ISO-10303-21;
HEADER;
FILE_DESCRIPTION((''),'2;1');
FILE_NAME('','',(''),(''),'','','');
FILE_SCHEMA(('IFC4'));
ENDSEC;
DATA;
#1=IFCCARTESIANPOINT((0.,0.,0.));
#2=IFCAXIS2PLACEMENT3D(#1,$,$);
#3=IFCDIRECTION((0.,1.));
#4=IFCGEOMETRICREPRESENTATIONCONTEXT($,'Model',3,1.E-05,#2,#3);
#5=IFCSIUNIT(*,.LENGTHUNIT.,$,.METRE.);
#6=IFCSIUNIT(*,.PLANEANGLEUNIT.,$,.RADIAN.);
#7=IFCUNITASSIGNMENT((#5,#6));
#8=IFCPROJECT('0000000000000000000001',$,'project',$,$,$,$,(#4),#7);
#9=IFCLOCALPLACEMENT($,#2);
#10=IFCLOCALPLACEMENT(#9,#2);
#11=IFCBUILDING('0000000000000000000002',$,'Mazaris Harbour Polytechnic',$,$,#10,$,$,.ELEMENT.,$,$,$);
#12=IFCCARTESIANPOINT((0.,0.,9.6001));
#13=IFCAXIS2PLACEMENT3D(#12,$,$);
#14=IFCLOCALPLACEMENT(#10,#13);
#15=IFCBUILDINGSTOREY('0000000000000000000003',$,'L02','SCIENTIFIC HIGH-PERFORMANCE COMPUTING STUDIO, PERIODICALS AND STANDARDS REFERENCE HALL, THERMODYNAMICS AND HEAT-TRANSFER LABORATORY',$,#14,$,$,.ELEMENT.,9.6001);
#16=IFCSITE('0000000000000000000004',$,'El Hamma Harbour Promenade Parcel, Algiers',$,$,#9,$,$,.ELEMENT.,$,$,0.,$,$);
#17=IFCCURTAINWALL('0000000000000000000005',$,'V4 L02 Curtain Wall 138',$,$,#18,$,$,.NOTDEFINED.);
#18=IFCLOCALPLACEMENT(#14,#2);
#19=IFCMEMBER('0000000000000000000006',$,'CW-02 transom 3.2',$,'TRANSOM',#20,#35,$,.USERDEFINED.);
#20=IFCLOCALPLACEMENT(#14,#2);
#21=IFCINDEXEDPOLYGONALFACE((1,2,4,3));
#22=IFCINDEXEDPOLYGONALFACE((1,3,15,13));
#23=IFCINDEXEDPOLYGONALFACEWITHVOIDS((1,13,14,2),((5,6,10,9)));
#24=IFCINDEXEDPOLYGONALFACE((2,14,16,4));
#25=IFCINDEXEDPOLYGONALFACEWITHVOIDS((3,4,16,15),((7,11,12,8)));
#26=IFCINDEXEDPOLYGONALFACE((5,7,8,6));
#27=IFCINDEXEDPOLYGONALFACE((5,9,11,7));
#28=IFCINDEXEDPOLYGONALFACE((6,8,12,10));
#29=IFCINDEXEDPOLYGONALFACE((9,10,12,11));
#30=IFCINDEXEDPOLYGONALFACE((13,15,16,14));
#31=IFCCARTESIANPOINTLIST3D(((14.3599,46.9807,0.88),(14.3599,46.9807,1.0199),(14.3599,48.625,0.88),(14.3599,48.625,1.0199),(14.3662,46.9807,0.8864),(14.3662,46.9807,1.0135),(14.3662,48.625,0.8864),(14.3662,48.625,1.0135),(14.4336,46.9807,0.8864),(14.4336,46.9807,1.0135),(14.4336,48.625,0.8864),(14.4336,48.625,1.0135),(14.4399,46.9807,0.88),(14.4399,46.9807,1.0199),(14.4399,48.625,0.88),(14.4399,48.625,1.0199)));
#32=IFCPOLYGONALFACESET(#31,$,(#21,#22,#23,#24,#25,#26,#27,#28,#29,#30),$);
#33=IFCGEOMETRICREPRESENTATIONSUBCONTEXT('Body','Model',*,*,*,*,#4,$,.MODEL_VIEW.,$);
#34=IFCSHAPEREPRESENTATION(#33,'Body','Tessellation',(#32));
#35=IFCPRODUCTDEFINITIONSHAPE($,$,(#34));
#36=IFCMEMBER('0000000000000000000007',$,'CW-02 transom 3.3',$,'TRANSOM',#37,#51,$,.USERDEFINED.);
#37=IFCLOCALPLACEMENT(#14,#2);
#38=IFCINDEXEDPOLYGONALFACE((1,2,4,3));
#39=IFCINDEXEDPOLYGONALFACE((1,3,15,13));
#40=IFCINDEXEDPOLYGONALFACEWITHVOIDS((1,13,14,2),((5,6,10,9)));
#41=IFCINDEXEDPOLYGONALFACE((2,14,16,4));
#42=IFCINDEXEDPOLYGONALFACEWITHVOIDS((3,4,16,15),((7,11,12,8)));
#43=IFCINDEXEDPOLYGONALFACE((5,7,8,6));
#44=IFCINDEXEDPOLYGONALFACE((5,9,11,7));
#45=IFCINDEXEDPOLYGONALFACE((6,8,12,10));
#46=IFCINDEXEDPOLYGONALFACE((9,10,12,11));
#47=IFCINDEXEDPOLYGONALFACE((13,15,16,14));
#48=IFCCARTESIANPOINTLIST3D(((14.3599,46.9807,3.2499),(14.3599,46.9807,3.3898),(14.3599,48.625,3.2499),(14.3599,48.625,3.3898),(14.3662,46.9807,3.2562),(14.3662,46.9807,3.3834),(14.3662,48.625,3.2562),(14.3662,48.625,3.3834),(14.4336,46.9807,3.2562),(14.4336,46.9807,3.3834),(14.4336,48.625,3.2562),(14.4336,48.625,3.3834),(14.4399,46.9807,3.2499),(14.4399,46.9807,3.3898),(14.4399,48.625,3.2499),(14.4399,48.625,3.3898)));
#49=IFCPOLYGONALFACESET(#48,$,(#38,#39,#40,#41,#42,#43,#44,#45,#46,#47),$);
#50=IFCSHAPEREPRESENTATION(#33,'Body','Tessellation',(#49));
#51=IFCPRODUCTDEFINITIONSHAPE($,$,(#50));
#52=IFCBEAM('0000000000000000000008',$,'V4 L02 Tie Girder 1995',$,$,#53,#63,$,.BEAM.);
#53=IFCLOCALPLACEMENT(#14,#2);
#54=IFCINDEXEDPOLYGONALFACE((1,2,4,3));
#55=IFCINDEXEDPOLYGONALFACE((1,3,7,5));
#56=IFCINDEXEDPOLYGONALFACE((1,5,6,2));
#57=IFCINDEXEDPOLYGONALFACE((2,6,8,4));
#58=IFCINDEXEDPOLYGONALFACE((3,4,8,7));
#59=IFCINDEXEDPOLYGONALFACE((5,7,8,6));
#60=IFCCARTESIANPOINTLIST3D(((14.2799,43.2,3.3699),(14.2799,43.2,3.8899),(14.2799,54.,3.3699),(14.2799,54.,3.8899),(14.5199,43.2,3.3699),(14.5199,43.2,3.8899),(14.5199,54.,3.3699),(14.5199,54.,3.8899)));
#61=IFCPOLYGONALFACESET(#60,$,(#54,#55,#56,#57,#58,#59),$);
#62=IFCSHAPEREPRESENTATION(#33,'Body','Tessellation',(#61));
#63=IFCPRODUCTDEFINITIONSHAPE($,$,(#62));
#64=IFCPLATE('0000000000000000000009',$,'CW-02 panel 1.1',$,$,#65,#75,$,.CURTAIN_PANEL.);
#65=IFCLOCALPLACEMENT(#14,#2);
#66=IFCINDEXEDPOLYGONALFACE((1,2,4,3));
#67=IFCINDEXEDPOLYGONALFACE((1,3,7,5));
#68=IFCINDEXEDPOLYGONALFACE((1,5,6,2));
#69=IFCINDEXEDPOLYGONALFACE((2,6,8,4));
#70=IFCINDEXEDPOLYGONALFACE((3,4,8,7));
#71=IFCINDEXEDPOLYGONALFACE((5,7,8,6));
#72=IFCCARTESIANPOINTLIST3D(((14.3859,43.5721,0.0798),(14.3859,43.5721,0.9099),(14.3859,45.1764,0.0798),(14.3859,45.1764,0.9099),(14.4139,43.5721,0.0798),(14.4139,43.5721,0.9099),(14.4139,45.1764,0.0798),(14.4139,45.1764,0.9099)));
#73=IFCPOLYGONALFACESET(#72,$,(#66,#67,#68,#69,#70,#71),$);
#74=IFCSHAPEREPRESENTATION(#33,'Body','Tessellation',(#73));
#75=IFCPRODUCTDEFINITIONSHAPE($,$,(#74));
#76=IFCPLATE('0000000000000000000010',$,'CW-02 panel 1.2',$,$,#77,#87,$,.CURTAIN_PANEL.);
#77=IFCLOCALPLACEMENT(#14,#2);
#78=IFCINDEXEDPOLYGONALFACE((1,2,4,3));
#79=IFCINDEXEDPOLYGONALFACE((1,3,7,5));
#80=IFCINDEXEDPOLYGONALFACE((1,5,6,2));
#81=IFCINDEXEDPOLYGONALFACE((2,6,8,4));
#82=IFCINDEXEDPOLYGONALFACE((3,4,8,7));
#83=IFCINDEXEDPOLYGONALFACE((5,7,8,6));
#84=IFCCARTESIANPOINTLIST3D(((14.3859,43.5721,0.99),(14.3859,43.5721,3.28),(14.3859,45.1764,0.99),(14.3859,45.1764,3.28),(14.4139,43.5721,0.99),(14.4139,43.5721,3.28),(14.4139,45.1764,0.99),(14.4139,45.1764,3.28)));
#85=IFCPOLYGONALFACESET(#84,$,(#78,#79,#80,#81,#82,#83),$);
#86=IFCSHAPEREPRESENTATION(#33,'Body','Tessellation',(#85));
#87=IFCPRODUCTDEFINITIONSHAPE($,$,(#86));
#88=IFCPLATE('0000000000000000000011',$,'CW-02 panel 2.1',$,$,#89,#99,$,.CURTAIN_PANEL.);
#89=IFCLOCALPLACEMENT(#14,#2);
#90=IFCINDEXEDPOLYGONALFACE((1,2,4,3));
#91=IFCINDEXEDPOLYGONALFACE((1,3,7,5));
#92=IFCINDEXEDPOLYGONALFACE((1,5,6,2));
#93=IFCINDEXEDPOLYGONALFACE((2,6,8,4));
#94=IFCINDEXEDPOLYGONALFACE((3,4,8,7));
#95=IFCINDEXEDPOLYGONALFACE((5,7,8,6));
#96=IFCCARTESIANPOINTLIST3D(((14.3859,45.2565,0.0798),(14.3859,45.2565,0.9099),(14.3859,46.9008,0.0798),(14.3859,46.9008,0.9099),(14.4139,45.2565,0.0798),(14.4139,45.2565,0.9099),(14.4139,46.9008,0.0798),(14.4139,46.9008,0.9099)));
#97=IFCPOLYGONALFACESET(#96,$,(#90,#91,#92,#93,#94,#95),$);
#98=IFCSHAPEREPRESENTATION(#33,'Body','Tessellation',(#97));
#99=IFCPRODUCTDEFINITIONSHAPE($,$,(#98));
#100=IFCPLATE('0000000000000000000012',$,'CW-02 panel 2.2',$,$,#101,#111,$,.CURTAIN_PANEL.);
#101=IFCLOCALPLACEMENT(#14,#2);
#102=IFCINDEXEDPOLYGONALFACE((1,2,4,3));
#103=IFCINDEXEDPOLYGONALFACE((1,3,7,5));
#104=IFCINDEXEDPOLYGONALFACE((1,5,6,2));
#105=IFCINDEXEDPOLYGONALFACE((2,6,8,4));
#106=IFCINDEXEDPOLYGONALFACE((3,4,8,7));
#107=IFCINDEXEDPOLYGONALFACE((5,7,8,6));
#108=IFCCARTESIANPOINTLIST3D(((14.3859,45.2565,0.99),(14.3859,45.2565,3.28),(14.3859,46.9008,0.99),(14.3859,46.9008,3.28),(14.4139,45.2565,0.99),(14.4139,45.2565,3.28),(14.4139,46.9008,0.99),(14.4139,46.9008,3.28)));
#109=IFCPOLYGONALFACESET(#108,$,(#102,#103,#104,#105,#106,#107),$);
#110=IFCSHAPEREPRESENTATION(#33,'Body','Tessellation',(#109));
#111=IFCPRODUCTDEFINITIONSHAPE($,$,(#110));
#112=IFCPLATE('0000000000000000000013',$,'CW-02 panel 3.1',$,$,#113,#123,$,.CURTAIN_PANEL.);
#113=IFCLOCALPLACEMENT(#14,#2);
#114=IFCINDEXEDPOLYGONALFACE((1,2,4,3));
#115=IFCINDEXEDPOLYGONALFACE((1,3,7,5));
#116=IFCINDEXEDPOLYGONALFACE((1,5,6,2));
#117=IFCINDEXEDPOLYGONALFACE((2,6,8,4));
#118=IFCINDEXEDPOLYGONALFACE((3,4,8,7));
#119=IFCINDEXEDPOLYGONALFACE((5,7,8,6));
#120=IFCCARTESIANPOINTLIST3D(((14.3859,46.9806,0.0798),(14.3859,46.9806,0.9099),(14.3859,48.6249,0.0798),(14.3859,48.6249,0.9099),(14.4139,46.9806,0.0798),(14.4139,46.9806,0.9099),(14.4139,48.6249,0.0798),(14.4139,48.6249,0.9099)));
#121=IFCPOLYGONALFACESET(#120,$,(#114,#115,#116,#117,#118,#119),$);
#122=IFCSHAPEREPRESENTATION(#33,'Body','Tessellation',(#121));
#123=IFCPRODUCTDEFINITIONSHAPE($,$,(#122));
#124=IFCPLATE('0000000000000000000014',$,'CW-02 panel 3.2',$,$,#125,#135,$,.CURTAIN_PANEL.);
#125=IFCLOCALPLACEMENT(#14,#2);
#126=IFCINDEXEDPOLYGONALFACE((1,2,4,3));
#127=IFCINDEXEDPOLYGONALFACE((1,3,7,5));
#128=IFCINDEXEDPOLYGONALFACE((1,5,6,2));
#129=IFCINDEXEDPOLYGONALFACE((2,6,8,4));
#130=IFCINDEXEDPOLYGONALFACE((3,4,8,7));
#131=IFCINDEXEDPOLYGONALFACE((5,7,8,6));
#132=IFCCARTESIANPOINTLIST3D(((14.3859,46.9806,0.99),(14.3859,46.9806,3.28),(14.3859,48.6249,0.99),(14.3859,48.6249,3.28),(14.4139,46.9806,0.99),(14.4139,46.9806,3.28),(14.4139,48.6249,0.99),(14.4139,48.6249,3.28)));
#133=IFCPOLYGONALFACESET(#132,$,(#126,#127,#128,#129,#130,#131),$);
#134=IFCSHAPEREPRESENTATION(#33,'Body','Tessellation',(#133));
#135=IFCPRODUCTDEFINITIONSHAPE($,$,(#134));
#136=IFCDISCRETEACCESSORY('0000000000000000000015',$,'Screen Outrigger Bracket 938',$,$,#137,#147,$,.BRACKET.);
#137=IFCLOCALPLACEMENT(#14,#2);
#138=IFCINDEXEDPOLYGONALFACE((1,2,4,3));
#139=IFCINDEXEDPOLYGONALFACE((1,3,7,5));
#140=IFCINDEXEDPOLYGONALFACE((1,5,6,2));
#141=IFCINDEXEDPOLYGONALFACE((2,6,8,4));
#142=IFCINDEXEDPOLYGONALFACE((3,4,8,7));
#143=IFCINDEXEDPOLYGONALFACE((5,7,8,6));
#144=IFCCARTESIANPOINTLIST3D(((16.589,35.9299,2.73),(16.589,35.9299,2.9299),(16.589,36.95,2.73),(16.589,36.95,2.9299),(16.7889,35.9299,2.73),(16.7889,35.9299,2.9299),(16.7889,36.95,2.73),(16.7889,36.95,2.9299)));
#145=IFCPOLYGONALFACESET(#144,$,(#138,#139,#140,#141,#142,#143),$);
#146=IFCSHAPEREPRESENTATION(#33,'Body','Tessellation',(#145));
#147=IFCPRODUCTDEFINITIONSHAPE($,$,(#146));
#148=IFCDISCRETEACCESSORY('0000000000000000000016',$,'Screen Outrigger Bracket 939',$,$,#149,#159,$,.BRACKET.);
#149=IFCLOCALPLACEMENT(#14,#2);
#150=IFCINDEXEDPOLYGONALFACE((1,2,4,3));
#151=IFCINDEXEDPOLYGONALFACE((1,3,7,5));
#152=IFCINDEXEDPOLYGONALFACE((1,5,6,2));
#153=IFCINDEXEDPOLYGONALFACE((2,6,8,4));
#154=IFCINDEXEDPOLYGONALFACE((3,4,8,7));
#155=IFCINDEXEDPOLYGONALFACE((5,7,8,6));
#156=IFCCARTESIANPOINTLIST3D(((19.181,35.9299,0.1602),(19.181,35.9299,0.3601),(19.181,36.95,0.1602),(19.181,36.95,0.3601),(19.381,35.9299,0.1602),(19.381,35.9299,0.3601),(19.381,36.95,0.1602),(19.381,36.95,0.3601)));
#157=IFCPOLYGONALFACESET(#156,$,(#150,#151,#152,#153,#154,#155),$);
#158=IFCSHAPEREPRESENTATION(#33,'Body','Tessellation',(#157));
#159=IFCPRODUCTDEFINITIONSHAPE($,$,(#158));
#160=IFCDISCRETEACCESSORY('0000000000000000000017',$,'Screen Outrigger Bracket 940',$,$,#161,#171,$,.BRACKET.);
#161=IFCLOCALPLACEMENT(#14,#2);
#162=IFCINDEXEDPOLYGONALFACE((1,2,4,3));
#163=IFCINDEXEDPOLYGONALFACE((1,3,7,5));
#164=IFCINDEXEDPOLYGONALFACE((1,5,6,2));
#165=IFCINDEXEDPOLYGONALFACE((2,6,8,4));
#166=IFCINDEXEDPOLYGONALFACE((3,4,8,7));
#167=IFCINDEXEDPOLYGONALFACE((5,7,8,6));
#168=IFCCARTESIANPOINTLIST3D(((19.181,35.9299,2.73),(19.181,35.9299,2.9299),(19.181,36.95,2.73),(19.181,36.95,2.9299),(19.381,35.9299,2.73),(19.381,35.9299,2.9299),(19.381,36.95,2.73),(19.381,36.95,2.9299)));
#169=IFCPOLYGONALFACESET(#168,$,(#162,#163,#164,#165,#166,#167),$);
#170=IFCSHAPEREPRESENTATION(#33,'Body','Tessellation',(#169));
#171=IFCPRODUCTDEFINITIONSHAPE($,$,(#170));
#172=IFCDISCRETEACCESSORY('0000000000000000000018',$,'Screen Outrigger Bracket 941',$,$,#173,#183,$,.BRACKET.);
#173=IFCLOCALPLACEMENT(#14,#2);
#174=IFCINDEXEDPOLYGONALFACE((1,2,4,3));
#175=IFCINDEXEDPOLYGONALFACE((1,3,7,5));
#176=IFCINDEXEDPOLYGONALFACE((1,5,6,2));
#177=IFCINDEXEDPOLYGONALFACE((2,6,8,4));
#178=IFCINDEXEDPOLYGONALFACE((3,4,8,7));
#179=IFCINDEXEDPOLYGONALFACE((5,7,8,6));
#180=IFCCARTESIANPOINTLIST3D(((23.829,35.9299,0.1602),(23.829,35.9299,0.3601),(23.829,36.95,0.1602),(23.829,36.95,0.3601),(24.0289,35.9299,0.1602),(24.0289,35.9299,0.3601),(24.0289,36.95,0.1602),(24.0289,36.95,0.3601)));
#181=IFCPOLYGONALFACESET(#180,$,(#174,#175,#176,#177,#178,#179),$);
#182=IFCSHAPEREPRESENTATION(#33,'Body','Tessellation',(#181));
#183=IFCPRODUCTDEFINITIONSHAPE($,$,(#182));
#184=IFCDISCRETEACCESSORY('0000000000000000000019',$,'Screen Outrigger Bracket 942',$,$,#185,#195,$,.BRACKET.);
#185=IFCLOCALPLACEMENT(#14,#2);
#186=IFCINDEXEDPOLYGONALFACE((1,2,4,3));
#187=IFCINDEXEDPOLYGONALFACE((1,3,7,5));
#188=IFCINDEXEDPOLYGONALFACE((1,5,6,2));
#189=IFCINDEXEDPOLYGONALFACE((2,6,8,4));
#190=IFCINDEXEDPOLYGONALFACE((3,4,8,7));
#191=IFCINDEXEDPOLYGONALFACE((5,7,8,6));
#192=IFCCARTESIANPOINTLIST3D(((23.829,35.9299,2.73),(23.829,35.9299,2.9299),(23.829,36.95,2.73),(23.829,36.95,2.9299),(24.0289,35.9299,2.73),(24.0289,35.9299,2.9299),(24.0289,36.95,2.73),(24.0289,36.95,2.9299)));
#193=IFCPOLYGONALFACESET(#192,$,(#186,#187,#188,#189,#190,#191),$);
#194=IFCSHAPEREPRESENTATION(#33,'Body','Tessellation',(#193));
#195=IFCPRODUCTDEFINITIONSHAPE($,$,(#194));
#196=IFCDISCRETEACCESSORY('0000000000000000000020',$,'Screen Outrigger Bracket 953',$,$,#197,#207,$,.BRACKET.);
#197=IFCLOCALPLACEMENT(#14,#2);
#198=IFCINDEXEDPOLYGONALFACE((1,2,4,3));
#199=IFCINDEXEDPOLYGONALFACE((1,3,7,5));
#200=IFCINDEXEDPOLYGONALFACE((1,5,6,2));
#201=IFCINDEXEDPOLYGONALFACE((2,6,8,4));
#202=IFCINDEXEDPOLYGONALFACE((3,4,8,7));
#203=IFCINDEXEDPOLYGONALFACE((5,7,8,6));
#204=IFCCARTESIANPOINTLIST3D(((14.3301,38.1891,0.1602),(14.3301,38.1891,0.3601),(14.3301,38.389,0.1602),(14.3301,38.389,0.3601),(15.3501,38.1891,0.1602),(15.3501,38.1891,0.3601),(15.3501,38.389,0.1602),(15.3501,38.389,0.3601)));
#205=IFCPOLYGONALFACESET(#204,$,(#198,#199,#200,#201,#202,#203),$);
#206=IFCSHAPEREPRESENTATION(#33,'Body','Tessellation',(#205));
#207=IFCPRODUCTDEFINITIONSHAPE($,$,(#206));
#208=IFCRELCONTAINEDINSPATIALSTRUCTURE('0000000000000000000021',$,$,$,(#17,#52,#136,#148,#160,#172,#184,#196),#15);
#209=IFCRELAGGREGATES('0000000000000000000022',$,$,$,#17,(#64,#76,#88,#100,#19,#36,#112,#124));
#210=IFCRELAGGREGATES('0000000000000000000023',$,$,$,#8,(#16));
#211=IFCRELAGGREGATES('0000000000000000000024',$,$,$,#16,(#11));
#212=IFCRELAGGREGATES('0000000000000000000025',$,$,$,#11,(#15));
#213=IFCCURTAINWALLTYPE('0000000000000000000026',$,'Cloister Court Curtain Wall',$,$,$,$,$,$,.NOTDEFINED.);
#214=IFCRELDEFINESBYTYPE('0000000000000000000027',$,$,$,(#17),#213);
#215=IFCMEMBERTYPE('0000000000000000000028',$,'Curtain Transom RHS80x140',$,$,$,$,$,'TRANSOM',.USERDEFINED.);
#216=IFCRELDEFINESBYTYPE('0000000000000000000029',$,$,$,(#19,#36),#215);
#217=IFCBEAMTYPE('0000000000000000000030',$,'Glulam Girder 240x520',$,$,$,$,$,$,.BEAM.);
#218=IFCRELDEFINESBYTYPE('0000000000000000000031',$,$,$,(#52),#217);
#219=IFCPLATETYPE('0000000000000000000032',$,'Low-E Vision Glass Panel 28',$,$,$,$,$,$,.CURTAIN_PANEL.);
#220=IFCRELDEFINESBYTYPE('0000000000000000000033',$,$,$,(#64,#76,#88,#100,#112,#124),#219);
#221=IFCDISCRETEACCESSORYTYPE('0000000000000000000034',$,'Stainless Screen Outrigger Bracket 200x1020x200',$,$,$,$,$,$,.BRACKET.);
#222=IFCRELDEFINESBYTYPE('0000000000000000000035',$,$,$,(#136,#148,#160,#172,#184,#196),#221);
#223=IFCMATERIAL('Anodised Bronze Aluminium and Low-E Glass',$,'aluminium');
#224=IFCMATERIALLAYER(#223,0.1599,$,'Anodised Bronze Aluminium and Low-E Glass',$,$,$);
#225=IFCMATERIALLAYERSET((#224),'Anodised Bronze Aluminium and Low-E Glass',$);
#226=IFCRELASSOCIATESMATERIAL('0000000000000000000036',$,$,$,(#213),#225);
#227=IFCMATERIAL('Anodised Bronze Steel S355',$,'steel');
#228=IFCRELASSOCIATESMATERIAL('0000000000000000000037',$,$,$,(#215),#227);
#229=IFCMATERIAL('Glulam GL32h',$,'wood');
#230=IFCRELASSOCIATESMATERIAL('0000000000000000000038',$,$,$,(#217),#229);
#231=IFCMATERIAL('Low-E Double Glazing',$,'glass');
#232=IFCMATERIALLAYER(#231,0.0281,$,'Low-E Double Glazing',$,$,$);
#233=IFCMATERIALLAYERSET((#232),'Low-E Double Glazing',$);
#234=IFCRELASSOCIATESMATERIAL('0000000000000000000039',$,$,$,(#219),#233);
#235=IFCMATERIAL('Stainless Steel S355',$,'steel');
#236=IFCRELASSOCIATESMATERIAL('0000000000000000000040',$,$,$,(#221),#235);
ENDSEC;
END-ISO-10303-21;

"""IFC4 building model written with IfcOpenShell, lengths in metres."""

from ifc_helpers import new_model, si_unit, direction, frame, origin, origin_2d, place, context, subcontext, project, spatial, rectangle, hollow_rectangle, extrude, material, layer, layer_set, material_profile, profile_set, type_object, element, aggregate, save


model = new_model("IFC4")

# Units and contexts
model_context = context("Model", 3, precision=1e-05, world=origin(), true_north=direction((0.0, 1.0)))
body_context = subcontext(model_context, "Body", "Model", "MODEL_VIEW")
ifc_project = project(units=[si_unit("LENGTHUNIT", "METRE"), si_unit("PLANEANGLEUNIT", "RADIAN")], contexts=[model_context])

# Site, building, storey
site_placement = place(None, origin())
site = spatial("IfcSite", under=ifc_project, at=site_placement, Name="El Hamma Harbour Promenade Parcel, Algiers", CompositionType="ELEMENT", RefElevation=0.0)
building_placement = place(site_placement, origin())
building = spatial("IfcBuilding", under=site, at=building_placement, Name="Mazaris Harbour Polytechnic", CompositionType="ELEMENT")
storey_placement = place(building_placement, frame((0.0, 0.0, 9.6001)))
storey = spatial("IfcBuildingStorey", under=building, at=storey_placement, Name="L02", Description="SCIENTIFIC HIGH-PERFORMANCE COMPUTING STUDIO, PERIODICALS AND STANDARDS REFERENCE HALL, THERMODYNAMICS AND HEAT-TRANSFER LABORATORY", CompositionType="ELEMENT", Elevation=9.6001)

# Curtain wall, members
ifc_material_1 = material(Name="Anodised Bronze Aluminium and Low-E Glass", Category="aluminium")
ifc_layer_1 = layer(ifc_material_1, 0.1599, Name="Anodised Bronze Aluminium and Low-E Glass")
ifc_layer_set_1 = layer_set([ifc_layer_1], Name="Anodised Bronze Aluminium and Low-E Glass")
curtain_wall_type = type_object("IfcCurtainWallType", Name="Cloister Court Curtain Wall", PredefinedType="NOTDEFINED", material=ifc_layer_set_1)
curtain_wall_placement = place(storey_placement, origin())
curtain_wall = element("IfcCurtainWall", 1, at=curtain_wall_placement, inside=storey, type_object=curtain_wall_type, Name="V4 L02 Curtain Wall 138", PredefinedType="NOTDEFINED")
ifc_material_2 = material(Name="Anodised Bronze Steel S355", Category="steel")
ifc_material_profile_1 = material_profile(ifc_material_2, hollow_rectangle(XDim=0.0801, YDim=0.1399, WallThickness=0.0063, at=origin_2d()), Name="RHS 80x140x6.3")
ifc_profile_set_1 = profile_set([ifc_material_profile_1], Name="Anodised Bronze Steel S355")
member_type_1 = type_object("IfcMemberType", Name="Curtain Transom RHS80x140", ElementType="TRANSOM", PredefinedType="USERDEFINED", material=ifc_profile_set_1)
member_1_placement = place(storey_placement, frame((14.3999, 46.9807, 0.95), z_axis=(0.0, 1.0, 0.0), x_axis=(-1.0, 0.0, 0.0)))
member_1 = element("IfcMember", 2, at=member_1_placement, type_object=member_type_1, Name="CW-02 transom 3.2", ObjectType="TRANSOM", PredefinedType="USERDEFINED", context=body_context, shape_type="SweptSolid", body=[
    extrude(hollow_rectangle(XDim=0.0801, YDim=0.1399, WallThickness=0.0063, at=origin_2d()), origin(), (0.0, 0.0, 1.0), 1.6443),
])
member_2_placement = place(storey_placement, frame((14.3999, 46.9807, 3.3198), z_axis=(0.0, 1.0, 0.0), x_axis=(-1.0, 0.0, 0.0)))
member_2 = element("IfcMember", 3, at=member_2_placement, type_object=member_type_1, Name="CW-02 transom 3.3", ObjectType="TRANSOM", PredefinedType="USERDEFINED", context=body_context, shape_type="SweptSolid", body=[
    extrude(hollow_rectangle(XDim=0.0801, YDim=0.1399, WallThickness=0.0063, at=origin_2d()), origin(), (0.0, 0.0, 1.0), 1.6443),
])

# Beam
ifc_material_3 = material(Name="Glulam GL32h", Category="wood")
ifc_material_profile_2 = material_profile(ifc_material_3, rectangle(XDim=0.24, YDim=0.52, at=origin_2d()), Name="RECT240x520")
ifc_profile_set_2 = profile_set([ifc_material_profile_2], Name="Glulam GL32h")
beam_type = type_object("IfcBeamType", Name="Glulam Girder 240x520", PredefinedType="BEAM", material=ifc_profile_set_2)
beam_placement = place(storey_placement, frame((14.3999, 43.2, 3.6299), z_axis=(0.0, 1.0, 0.0), x_axis=(-1.0, 0.0, 0.0)))
element("IfcBeam", 4, at=beam_placement, inside=storey, type_object=beam_type, Name="V4 L02 Tie Girder 1995", PredefinedType="BEAM", context=body_context, shape_type="SweptSolid", body=[
    extrude(rectangle(XDim=0.24, YDim=0.52, at=origin_2d()), origin(), (0.0, 0.0, 1.0), 10.8),
])

# Plates
ifc_material_4 = material(Name="Low-E Double Glazing", Category="glass")
ifc_layer_2 = layer(ifc_material_4, 0.0281, Name="Low-E Double Glazing")
ifc_layer_set_2 = layer_set([ifc_layer_2], Name="Low-E Double Glazing")
plate_type = type_object("IfcPlateType", Name="Low-E Vision Glass Panel 28", PredefinedType="CURTAIN_PANEL", material=ifc_layer_set_2)
plate_1_placement = place(storey_placement, frame((14.3999, 44.3743, 0.0798), z_axis=(0.0, 0.0, 1.0), x_axis=(0.0, 1.0, 0.0)))
plate_1 = element("IfcPlate", 5, at=plate_1_placement, type_object=plate_type, Name="CW-02 panel 1.1", PredefinedType="CURTAIN_PANEL", context=body_context, shape_type="SweptSolid", body=[
    extrude(rectangle(XDim=1.6042, YDim=0.0281, at=origin_2d()), origin(), (0.0, 0.0, 1.0), 0.8301),
])
plate_2_placement = place(storey_placement, frame((14.3999, 44.3743, 0.99), z_axis=(0.0, 0.0, 1.0), x_axis=(0.0, 1.0, 0.0)))
plate_2 = element("IfcPlate", 6, at=plate_2_placement, type_object=plate_type, Name="CW-02 panel 1.2", PredefinedType="CURTAIN_PANEL", context=body_context, shape_type="SweptSolid", body=[
    extrude(rectangle(XDim=1.6042, YDim=0.0281, at=origin_2d()), origin(), (0.0, 0.0, 1.0), 2.29),
])
plate_3_placement = place(storey_placement, frame((14.3999, 46.0786, 0.0798), z_axis=(0.0, 0.0, 1.0), x_axis=(0.0, 1.0, 0.0)))
plate_3 = element("IfcPlate", 7, at=plate_3_placement, type_object=plate_type, Name="CW-02 panel 2.1", PredefinedType="CURTAIN_PANEL", context=body_context, shape_type="SweptSolid", body=[
    extrude(rectangle(XDim=1.6443, YDim=0.0281, at=origin_2d()), origin(), (0.0, 0.0, 1.0), 0.8301),
])
plate_4_placement = place(storey_placement, frame((14.3999, 46.0786, 0.99), z_axis=(0.0, 0.0, 1.0), x_axis=(0.0, 1.0, 0.0)))
plate_4 = element("IfcPlate", 8, at=plate_4_placement, type_object=plate_type, Name="CW-02 panel 2.2", PredefinedType="CURTAIN_PANEL", context=body_context, shape_type="SweptSolid", body=[
    extrude(rectangle(XDim=1.6443, YDim=0.0281, at=origin_2d()), origin(), (0.0, 0.0, 1.0), 2.29),
])
plate_5_placement = place(storey_placement, frame((14.3999, 47.8027, 0.0798), z_axis=(0.0, 0.0, 1.0), x_axis=(0.0, 1.0, 0.0)))
plate_5 = element("IfcPlate", 9, at=plate_5_placement, type_object=plate_type, Name="CW-02 panel 3.1", PredefinedType="CURTAIN_PANEL", context=body_context, shape_type="SweptSolid", body=[
    extrude(rectangle(XDim=1.6443, YDim=0.0281, at=origin_2d()), origin(), (0.0, 0.0, 1.0), 0.8301),
])
plate_6_placement = place(storey_placement, frame((14.3999, 47.8027, 0.99), z_axis=(0.0, 0.0, 1.0), x_axis=(0.0, 1.0, 0.0)))
plate_6 = element("IfcPlate", 10, at=plate_6_placement, type_object=plate_type, Name="CW-02 panel 3.2", PredefinedType="CURTAIN_PANEL", context=body_context, shape_type="SweptSolid", body=[
    extrude(rectangle(XDim=1.6443, YDim=0.0281, at=origin_2d()), origin(), (0.0, 0.0, 1.0), 2.29),
])
aggregate(curtain_wall, [plate_1, plate_2, plate_3, plate_4, member_1, member_2, plate_5, plate_6])

# Discrete accessories
ifc_material_5 = material(Name="Stainless Steel S355", Category="steel")
discrete_accessory_type = type_object("IfcDiscreteAccessoryType", Name="Stainless Screen Outrigger Bracket 200x1020x200", PredefinedType="BRACKET", material=ifc_material_5)
for number, where, z_axis, x_axis, name in (
    (11, (16.689, 36.4399, 2.73), (0.0, 0.0, 1.0), (1.0, 0.0, 0.0), "Screen Outrigger Bracket 938"),
    (12, (19.281, 36.4399, 0.1602), (0.0, 0.0, 1.0), (1.0, 0.0, 0.0), "Screen Outrigger Bracket 939"),
    (13, (19.281, 36.4399, 2.73), (0.0, 0.0, 1.0), (1.0, 0.0, 0.0), "Screen Outrigger Bracket 940"),
    (14, (23.929, 36.4399, 0.1602), (0.0, 0.0, 1.0), (1.0, 0.0, 0.0), "Screen Outrigger Bracket 941"),
    (15, (23.929, 36.4399, 2.73), (0.0, 0.0, 1.0), (1.0, 0.0, 0.0), "Screen Outrigger Bracket 942"),
    (16, (14.8401, 38.2891, 0.1602), (0.0, 0.0, 1.0), (0.0, 1.0, 0.0), "Screen Outrigger Bracket 953"),
):
    element("IfcDiscreteAccessory", number, at=place(storey_placement, frame(where, z_axis=z_axis, x_axis=x_axis)), inside=storey, type_object=discrete_accessory_type, Name=name, PredefinedType="BRACKET", context=body_context, shape_type="SweptSolid", body=[
        extrude(rectangle(XDim=0.2, YDim=1.02, at=origin_2d()), origin(), (0.0, 0.0, 1.0), 0.2),
    ])

save(model, "model.ifc")
